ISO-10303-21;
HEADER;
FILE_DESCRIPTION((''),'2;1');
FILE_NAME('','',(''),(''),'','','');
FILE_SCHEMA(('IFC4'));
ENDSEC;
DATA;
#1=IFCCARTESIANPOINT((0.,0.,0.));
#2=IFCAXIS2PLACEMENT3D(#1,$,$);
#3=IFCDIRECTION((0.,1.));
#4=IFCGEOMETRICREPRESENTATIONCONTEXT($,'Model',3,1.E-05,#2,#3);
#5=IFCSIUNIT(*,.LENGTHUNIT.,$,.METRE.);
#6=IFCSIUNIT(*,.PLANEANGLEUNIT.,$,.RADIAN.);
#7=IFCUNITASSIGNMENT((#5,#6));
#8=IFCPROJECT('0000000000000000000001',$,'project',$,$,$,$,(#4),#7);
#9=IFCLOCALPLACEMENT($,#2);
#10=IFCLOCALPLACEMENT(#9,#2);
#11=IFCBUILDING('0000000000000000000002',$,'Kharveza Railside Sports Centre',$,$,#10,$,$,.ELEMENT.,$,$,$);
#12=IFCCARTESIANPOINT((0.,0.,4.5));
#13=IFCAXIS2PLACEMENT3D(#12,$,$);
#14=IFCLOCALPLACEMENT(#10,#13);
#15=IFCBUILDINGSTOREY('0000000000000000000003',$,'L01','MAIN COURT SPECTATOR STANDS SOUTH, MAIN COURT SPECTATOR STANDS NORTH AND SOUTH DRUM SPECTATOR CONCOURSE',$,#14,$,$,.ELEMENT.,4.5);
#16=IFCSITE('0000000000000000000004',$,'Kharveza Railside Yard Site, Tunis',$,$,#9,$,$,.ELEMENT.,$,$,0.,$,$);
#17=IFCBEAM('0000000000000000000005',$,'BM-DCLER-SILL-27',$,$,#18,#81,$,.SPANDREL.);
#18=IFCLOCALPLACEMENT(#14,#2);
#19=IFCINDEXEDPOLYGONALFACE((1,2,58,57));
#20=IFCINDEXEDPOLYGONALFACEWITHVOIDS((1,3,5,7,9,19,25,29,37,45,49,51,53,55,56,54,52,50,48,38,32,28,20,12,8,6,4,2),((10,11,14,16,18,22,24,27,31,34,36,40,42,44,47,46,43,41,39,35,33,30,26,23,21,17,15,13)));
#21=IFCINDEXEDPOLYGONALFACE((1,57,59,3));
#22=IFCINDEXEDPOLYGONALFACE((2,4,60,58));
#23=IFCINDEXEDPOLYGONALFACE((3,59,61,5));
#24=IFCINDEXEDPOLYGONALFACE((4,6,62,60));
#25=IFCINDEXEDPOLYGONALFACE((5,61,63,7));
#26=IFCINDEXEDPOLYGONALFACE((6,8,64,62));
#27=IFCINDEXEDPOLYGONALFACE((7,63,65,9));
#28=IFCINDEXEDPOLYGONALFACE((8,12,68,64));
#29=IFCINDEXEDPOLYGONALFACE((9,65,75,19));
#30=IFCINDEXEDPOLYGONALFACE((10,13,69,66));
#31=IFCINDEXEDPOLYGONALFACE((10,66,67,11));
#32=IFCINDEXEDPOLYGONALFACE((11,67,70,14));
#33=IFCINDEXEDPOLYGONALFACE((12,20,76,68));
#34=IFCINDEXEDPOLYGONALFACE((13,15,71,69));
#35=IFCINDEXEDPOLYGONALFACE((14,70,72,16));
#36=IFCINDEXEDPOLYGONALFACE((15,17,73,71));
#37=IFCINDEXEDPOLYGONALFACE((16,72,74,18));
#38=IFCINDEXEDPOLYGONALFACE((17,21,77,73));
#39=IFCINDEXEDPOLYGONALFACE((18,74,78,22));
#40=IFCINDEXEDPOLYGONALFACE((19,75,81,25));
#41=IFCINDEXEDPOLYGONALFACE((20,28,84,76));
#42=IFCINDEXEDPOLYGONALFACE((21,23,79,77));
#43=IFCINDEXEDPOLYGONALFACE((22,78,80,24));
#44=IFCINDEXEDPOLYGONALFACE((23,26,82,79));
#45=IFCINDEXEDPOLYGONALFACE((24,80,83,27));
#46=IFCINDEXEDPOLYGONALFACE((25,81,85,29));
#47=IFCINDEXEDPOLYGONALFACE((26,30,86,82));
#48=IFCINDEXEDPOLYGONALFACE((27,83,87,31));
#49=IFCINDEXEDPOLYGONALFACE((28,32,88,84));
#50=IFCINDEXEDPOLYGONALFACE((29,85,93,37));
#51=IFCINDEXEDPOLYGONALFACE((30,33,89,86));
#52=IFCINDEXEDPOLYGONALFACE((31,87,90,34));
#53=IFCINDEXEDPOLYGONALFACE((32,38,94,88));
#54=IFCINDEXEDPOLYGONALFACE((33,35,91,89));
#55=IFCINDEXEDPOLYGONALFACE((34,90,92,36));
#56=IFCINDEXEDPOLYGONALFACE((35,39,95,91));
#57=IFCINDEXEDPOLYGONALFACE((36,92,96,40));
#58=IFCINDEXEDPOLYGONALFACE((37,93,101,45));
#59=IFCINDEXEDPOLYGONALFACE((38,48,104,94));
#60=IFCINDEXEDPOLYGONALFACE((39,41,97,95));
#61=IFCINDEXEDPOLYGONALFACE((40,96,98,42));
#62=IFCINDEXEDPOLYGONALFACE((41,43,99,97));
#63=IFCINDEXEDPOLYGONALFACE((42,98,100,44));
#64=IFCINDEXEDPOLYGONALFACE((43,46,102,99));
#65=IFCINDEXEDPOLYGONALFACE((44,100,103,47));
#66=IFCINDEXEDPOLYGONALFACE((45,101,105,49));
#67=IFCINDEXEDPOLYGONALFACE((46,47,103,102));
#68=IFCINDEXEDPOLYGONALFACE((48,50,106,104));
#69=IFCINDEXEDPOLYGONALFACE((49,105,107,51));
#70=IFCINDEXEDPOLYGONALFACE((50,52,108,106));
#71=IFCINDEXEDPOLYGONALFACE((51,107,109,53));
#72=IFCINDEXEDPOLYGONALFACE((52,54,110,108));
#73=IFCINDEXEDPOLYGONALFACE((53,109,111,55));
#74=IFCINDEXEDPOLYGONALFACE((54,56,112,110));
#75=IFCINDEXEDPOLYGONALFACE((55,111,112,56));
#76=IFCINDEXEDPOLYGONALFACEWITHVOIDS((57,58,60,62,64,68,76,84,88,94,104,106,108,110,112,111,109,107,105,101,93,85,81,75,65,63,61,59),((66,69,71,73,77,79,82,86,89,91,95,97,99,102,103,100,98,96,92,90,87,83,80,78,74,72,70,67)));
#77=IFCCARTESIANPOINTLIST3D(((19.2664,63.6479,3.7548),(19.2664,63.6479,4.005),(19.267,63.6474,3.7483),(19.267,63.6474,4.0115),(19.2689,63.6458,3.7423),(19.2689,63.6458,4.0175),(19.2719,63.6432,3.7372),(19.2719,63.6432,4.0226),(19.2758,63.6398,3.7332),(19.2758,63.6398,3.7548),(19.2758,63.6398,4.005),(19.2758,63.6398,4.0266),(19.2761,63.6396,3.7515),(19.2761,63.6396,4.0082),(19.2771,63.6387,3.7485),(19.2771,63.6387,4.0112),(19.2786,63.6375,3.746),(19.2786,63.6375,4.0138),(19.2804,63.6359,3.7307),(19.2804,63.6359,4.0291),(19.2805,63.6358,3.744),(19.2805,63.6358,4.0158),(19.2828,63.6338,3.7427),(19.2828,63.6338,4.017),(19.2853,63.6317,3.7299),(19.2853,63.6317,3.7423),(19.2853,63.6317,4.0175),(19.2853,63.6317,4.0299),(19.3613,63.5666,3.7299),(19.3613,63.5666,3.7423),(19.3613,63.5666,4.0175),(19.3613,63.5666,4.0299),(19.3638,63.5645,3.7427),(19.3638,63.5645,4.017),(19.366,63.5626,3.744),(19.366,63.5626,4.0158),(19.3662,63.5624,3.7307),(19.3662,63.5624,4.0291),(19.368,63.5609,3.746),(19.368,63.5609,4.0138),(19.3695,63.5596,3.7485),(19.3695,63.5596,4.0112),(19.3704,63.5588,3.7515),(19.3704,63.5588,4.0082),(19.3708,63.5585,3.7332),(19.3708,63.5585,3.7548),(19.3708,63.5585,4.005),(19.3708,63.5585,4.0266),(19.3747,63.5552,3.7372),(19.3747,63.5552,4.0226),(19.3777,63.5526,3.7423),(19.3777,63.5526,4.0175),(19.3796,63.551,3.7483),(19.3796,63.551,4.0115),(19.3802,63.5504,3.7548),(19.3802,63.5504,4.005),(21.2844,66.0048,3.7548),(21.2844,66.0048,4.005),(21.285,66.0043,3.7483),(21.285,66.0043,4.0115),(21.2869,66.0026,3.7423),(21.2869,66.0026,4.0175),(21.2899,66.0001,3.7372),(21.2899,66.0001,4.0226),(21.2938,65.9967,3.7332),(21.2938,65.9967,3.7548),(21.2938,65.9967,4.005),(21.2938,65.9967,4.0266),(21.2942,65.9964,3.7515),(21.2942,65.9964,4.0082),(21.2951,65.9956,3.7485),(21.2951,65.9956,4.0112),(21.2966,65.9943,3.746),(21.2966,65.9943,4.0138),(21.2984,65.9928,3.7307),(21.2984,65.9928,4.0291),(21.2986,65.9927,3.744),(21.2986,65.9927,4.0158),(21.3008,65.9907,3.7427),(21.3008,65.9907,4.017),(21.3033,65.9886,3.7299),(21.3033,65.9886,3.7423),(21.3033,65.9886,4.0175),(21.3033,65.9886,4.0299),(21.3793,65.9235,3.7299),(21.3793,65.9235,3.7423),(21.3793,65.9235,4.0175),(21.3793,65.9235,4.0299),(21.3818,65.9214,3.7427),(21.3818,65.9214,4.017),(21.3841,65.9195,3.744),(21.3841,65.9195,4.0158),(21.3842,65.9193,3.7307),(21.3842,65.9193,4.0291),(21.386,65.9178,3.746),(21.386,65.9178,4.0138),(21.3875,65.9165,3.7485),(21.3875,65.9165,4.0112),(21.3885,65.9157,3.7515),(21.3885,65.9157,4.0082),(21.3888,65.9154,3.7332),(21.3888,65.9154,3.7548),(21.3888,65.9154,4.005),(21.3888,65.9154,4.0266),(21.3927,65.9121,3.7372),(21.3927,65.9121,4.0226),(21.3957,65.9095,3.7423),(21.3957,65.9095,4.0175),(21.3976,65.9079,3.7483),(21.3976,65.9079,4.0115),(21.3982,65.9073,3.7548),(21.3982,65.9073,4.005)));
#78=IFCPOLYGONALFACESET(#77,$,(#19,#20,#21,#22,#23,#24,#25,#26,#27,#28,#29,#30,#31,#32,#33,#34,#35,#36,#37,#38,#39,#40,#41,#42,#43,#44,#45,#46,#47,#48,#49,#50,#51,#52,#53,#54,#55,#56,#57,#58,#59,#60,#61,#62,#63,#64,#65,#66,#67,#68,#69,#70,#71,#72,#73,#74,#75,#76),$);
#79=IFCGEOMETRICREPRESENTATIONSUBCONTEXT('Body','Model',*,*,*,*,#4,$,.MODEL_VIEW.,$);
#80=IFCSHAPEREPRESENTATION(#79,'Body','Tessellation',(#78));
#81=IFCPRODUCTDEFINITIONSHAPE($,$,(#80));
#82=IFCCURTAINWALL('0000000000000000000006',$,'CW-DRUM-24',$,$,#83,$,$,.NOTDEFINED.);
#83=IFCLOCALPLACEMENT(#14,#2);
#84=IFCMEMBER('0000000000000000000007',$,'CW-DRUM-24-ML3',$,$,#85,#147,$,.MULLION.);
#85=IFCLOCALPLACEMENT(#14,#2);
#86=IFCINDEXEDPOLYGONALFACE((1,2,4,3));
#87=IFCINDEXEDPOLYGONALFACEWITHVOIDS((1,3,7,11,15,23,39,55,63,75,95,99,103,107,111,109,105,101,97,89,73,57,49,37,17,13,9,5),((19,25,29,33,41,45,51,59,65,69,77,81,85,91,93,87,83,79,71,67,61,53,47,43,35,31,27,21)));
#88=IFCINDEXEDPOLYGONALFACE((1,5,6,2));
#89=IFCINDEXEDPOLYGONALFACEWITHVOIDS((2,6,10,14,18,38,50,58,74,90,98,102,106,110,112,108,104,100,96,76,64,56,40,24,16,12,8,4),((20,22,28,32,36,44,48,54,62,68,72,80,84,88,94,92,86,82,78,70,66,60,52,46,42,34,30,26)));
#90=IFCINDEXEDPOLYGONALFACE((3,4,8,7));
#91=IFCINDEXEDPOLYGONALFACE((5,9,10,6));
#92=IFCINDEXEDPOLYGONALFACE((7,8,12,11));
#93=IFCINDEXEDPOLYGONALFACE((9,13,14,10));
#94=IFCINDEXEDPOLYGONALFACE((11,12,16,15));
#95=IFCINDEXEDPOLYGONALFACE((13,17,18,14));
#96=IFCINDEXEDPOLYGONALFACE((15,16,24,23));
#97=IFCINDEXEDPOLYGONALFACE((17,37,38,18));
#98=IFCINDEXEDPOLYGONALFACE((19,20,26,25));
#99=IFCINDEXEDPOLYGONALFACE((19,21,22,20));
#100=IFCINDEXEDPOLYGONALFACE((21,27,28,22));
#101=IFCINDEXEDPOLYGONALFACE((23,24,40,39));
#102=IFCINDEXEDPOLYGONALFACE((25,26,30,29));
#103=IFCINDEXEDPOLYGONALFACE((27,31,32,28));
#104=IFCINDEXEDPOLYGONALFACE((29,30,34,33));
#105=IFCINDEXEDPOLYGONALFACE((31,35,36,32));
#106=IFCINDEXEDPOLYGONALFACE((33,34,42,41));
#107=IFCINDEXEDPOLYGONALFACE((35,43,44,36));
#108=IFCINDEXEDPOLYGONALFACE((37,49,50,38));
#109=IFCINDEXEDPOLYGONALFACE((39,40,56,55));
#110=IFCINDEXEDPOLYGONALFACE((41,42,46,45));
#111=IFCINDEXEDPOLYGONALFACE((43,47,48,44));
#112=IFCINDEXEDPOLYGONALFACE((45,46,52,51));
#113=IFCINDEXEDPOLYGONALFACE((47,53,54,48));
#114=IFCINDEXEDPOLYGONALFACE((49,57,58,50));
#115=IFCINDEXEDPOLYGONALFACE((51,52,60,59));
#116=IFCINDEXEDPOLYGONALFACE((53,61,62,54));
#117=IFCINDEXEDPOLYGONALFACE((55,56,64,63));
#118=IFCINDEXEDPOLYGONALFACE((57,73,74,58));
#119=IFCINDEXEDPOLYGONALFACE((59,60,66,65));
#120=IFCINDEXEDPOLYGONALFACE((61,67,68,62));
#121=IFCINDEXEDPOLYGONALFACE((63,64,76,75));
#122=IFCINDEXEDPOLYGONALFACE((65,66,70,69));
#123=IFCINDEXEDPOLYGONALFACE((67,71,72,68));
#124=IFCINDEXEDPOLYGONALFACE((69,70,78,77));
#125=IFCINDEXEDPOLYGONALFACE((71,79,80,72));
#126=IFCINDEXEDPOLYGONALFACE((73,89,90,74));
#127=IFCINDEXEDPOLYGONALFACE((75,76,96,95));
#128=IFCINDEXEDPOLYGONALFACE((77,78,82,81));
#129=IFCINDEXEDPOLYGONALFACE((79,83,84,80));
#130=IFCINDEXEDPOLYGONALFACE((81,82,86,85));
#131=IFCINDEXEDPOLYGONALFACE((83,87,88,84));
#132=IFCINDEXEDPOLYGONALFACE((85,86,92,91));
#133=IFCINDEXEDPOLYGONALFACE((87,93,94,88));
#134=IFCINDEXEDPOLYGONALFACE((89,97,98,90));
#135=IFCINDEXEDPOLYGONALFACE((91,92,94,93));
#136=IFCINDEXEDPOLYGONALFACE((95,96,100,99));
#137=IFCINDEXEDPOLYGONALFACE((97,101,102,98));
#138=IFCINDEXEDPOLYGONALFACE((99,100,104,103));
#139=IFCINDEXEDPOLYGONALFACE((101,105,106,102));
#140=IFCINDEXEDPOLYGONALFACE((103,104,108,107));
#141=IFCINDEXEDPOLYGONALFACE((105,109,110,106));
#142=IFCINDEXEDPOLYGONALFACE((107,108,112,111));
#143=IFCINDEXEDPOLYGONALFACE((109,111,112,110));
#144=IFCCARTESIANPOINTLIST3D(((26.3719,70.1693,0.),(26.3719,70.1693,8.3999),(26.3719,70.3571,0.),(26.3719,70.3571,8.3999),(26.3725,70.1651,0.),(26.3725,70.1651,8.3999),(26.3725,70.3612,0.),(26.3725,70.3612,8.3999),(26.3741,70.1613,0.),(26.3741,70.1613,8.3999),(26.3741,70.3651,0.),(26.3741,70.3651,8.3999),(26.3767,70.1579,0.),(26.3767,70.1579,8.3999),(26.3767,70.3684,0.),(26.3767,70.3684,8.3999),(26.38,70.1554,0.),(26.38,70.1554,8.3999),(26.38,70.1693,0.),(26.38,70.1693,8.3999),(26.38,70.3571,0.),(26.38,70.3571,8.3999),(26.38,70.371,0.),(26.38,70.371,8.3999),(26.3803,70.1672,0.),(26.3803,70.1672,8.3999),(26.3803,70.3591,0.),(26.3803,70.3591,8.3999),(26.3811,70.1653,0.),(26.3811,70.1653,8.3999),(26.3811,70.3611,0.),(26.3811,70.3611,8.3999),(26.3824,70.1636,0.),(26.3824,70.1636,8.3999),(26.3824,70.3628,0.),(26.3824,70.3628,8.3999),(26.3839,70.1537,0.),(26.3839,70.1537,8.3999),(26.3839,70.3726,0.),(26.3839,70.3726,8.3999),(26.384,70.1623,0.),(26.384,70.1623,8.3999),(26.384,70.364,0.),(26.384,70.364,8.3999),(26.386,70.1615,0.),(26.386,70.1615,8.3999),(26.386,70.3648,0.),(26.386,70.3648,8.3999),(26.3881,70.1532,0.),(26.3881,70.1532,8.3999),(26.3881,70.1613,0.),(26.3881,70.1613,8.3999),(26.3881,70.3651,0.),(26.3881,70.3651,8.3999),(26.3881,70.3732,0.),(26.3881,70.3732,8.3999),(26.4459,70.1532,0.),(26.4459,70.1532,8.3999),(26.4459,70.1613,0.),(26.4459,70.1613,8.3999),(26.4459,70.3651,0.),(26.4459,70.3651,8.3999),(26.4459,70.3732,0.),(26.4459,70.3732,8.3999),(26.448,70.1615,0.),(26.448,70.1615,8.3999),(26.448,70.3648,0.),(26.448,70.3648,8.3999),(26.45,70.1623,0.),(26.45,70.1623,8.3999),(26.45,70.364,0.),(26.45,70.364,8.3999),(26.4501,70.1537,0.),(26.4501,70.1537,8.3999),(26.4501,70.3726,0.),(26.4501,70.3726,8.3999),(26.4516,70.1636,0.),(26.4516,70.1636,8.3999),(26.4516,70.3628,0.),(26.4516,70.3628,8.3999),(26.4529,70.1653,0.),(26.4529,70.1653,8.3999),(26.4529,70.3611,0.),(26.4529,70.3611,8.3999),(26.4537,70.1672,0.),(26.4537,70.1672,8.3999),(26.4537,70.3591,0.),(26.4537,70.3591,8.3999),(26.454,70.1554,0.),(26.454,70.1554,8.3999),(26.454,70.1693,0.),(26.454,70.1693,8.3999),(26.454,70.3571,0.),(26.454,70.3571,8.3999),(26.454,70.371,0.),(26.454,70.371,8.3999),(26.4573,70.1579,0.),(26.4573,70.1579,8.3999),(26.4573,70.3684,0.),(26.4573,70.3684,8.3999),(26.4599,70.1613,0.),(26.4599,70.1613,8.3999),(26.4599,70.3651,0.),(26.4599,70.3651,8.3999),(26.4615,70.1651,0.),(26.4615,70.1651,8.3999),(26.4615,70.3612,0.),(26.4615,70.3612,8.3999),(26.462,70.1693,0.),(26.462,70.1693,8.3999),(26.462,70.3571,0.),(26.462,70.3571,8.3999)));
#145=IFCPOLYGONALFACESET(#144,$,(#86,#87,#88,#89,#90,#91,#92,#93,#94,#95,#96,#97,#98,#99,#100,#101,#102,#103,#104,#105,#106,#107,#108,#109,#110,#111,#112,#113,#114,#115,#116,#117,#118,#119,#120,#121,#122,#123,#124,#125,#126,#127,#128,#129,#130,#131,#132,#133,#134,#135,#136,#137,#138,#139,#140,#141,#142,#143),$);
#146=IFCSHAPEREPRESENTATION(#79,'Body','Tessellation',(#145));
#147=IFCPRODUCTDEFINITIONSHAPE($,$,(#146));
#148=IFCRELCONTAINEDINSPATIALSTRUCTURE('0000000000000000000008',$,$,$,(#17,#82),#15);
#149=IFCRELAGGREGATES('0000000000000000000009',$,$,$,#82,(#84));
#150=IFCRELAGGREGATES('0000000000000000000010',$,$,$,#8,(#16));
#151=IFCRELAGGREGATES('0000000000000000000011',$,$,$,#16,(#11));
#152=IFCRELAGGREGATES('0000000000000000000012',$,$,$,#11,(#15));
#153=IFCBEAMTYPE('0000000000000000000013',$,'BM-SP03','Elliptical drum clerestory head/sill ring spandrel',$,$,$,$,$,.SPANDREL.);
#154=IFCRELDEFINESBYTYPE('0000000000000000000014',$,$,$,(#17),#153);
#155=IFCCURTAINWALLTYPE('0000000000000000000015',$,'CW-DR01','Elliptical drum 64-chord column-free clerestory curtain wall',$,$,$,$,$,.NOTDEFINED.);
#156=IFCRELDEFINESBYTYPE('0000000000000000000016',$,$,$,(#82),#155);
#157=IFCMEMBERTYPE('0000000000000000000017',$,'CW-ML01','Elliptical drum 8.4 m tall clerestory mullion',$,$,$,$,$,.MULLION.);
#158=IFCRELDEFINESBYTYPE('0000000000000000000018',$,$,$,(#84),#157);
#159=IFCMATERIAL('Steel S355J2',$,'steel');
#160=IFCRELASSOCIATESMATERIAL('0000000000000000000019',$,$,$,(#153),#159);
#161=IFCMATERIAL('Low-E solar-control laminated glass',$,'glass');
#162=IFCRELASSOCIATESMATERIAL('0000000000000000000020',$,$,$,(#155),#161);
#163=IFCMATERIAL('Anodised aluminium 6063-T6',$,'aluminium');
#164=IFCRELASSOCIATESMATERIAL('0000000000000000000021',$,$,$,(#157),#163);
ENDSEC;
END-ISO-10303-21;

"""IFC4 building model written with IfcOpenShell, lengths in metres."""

from ifc_helpers import new_model, si_unit, direction, frame, origin, origin_2d, place, context, subcontext, project, spatial, hollow_rectangle, extrude, material, material_profile, profile_set, type_object, element, aggregate, save


model = new_model("IFC4")

# Units and contexts
model_context = context("Model", 3, precision=1e-05, world=origin(), true_north=direction((0.0, 1.0)))
body_context = subcontext(model_context, "Body", "Model", "MODEL_VIEW")
ifc_project = project(units=[si_unit("LENGTHUNIT", "METRE"), si_unit("PLANEANGLEUNIT", "RADIAN")], contexts=[model_context])

# Site, building, storey
site_placement = place(None, origin())
site = spatial("IfcSite", under=ifc_project, at=site_placement, Name="Kharveza Railside Yard Site, Tunis", CompositionType="ELEMENT", RefElevation=0.0)
building_placement = place(site_placement, origin())
building = spatial("IfcBuilding", under=site, at=building_placement, Name="Kharveza Railside Sports Centre", CompositionType="ELEMENT")
storey_placement = place(building_placement, frame((0.0, 0.0, 4.5)))
storey = spatial("IfcBuildingStorey", under=building, at=storey_placement, Name="L01", Description="MAIN COURT SPECTATOR STANDS SOUTH, MAIN COURT SPECTATOR STANDS NORTH AND SOUTH DRUM SPECTATOR CONCOURSE", CompositionType="ELEMENT", Elevation=4.5)

# Shared definitions
ifc_material_1 = material(Name="Steel S355J2", Category="steel")

# Beam
ifc_material_profile_1 = material_profile(ifc_material_1, hollow_rectangle(XDim=0.1499, YDim=0.3, WallThickness=0.0125, InnerFilletRadius=0.0125, OuterFilletRadius=0.0249, at=origin_2d()), Name="RHS 150x300x12.5")
ifc_profile_set_1 = profile_set([ifc_material_profile_1], Name="Steel S355J2")
beam_type_1 = type_object("IfcBeamType", Name="BM-SP03", Description="Elliptical drum clerestory head/sill ring spandrel", PredefinedType="SPANDREL", material=ifc_profile_set_1)
beam_1_placement = place(storey_placement, frame((21.3413, 65.9561, 3.8799), z_axis=(-0.65039, -0.759601, 0.0), x_axis=(0.759601, -0.65039, 0.0)))
element("IfcBeam", 1, at=beam_1_placement, inside=storey, type_object=beam_type_1, Name="BM-DCLER-SILL-27", PredefinedType="SPANDREL", context=body_context, shape_type="SweptSolid", body=[
    extrude(hollow_rectangle(XDim=0.1499, YDim=0.3, WallThickness=0.0125, InnerFilletRadius=0.0125, OuterFilletRadius=0.0249, at=origin_2d()), origin(), (0.0, 0.0, 1.0), 3.1028),
])

# Curtain wall, member
ifc_material_2 = material(Name="Low-E solar-control laminated glass", Category="glass")
curtain_wall_type = type_object("IfcCurtainWallType", Name="CW-DR01", Description="Elliptical drum 64-chord column-free clerestory curtain wall", PredefinedType="NOTDEFINED", material=ifc_material_2)
curtain_wall_1_placement = place(storey_placement, origin())
curtain_wall_1 = element("IfcCurtainWall", 2, at=curtain_wall_1_placement, inside=storey, type_object=curtain_wall_type, Name="CW-DRUM-24", PredefinedType="NOTDEFINED")
ifc_material_3 = material(Name="Anodised aluminium 6063-T6", Category="aluminium")
ifc_material_profile_2 = material_profile(ifc_material_3, hollow_rectangle(XDim=0.0901, YDim=0.22, WallThickness=0.0081, InnerFilletRadius=0.0081, OuterFilletRadius=0.0161, at=origin_2d()), Name="RHS 90x220x8.0")
ifc_profile_set_2 = profile_set([ifc_material_profile_2], Name="Anodised aluminium 6063-T6")
member_type_1 = type_object("IfcMemberType", Name="CW-ML01", Description="Elliptical drum 8.4 m tall clerestory mullion", PredefinedType="MULLION", material=ifc_profile_set_2)
member_1_placement = place(storey_placement, frame((26.417, 70.2632, 0.0), z_axis=(0.0, 0.0, 1.0), x_axis=(1.0, 0.0, 0.0)))
member_1 = element("IfcMember", 3, at=member_1_placement, type_object=member_type_1, Name="CW-DRUM-24-ML3", PredefinedType="MULLION", context=body_context, shape_type="SweptSolid", body=[
    extrude(hollow_rectangle(XDim=0.0901, YDim=0.22, WallThickness=0.0081, InnerFilletRadius=0.0081, OuterFilletRadius=0.0161, at=origin_2d()), origin(), (0.0, 0.0, 1.0), 8.3999),
])

aggregate(curtain_wall_1, [member_1])

save(model, "model.ifc")
